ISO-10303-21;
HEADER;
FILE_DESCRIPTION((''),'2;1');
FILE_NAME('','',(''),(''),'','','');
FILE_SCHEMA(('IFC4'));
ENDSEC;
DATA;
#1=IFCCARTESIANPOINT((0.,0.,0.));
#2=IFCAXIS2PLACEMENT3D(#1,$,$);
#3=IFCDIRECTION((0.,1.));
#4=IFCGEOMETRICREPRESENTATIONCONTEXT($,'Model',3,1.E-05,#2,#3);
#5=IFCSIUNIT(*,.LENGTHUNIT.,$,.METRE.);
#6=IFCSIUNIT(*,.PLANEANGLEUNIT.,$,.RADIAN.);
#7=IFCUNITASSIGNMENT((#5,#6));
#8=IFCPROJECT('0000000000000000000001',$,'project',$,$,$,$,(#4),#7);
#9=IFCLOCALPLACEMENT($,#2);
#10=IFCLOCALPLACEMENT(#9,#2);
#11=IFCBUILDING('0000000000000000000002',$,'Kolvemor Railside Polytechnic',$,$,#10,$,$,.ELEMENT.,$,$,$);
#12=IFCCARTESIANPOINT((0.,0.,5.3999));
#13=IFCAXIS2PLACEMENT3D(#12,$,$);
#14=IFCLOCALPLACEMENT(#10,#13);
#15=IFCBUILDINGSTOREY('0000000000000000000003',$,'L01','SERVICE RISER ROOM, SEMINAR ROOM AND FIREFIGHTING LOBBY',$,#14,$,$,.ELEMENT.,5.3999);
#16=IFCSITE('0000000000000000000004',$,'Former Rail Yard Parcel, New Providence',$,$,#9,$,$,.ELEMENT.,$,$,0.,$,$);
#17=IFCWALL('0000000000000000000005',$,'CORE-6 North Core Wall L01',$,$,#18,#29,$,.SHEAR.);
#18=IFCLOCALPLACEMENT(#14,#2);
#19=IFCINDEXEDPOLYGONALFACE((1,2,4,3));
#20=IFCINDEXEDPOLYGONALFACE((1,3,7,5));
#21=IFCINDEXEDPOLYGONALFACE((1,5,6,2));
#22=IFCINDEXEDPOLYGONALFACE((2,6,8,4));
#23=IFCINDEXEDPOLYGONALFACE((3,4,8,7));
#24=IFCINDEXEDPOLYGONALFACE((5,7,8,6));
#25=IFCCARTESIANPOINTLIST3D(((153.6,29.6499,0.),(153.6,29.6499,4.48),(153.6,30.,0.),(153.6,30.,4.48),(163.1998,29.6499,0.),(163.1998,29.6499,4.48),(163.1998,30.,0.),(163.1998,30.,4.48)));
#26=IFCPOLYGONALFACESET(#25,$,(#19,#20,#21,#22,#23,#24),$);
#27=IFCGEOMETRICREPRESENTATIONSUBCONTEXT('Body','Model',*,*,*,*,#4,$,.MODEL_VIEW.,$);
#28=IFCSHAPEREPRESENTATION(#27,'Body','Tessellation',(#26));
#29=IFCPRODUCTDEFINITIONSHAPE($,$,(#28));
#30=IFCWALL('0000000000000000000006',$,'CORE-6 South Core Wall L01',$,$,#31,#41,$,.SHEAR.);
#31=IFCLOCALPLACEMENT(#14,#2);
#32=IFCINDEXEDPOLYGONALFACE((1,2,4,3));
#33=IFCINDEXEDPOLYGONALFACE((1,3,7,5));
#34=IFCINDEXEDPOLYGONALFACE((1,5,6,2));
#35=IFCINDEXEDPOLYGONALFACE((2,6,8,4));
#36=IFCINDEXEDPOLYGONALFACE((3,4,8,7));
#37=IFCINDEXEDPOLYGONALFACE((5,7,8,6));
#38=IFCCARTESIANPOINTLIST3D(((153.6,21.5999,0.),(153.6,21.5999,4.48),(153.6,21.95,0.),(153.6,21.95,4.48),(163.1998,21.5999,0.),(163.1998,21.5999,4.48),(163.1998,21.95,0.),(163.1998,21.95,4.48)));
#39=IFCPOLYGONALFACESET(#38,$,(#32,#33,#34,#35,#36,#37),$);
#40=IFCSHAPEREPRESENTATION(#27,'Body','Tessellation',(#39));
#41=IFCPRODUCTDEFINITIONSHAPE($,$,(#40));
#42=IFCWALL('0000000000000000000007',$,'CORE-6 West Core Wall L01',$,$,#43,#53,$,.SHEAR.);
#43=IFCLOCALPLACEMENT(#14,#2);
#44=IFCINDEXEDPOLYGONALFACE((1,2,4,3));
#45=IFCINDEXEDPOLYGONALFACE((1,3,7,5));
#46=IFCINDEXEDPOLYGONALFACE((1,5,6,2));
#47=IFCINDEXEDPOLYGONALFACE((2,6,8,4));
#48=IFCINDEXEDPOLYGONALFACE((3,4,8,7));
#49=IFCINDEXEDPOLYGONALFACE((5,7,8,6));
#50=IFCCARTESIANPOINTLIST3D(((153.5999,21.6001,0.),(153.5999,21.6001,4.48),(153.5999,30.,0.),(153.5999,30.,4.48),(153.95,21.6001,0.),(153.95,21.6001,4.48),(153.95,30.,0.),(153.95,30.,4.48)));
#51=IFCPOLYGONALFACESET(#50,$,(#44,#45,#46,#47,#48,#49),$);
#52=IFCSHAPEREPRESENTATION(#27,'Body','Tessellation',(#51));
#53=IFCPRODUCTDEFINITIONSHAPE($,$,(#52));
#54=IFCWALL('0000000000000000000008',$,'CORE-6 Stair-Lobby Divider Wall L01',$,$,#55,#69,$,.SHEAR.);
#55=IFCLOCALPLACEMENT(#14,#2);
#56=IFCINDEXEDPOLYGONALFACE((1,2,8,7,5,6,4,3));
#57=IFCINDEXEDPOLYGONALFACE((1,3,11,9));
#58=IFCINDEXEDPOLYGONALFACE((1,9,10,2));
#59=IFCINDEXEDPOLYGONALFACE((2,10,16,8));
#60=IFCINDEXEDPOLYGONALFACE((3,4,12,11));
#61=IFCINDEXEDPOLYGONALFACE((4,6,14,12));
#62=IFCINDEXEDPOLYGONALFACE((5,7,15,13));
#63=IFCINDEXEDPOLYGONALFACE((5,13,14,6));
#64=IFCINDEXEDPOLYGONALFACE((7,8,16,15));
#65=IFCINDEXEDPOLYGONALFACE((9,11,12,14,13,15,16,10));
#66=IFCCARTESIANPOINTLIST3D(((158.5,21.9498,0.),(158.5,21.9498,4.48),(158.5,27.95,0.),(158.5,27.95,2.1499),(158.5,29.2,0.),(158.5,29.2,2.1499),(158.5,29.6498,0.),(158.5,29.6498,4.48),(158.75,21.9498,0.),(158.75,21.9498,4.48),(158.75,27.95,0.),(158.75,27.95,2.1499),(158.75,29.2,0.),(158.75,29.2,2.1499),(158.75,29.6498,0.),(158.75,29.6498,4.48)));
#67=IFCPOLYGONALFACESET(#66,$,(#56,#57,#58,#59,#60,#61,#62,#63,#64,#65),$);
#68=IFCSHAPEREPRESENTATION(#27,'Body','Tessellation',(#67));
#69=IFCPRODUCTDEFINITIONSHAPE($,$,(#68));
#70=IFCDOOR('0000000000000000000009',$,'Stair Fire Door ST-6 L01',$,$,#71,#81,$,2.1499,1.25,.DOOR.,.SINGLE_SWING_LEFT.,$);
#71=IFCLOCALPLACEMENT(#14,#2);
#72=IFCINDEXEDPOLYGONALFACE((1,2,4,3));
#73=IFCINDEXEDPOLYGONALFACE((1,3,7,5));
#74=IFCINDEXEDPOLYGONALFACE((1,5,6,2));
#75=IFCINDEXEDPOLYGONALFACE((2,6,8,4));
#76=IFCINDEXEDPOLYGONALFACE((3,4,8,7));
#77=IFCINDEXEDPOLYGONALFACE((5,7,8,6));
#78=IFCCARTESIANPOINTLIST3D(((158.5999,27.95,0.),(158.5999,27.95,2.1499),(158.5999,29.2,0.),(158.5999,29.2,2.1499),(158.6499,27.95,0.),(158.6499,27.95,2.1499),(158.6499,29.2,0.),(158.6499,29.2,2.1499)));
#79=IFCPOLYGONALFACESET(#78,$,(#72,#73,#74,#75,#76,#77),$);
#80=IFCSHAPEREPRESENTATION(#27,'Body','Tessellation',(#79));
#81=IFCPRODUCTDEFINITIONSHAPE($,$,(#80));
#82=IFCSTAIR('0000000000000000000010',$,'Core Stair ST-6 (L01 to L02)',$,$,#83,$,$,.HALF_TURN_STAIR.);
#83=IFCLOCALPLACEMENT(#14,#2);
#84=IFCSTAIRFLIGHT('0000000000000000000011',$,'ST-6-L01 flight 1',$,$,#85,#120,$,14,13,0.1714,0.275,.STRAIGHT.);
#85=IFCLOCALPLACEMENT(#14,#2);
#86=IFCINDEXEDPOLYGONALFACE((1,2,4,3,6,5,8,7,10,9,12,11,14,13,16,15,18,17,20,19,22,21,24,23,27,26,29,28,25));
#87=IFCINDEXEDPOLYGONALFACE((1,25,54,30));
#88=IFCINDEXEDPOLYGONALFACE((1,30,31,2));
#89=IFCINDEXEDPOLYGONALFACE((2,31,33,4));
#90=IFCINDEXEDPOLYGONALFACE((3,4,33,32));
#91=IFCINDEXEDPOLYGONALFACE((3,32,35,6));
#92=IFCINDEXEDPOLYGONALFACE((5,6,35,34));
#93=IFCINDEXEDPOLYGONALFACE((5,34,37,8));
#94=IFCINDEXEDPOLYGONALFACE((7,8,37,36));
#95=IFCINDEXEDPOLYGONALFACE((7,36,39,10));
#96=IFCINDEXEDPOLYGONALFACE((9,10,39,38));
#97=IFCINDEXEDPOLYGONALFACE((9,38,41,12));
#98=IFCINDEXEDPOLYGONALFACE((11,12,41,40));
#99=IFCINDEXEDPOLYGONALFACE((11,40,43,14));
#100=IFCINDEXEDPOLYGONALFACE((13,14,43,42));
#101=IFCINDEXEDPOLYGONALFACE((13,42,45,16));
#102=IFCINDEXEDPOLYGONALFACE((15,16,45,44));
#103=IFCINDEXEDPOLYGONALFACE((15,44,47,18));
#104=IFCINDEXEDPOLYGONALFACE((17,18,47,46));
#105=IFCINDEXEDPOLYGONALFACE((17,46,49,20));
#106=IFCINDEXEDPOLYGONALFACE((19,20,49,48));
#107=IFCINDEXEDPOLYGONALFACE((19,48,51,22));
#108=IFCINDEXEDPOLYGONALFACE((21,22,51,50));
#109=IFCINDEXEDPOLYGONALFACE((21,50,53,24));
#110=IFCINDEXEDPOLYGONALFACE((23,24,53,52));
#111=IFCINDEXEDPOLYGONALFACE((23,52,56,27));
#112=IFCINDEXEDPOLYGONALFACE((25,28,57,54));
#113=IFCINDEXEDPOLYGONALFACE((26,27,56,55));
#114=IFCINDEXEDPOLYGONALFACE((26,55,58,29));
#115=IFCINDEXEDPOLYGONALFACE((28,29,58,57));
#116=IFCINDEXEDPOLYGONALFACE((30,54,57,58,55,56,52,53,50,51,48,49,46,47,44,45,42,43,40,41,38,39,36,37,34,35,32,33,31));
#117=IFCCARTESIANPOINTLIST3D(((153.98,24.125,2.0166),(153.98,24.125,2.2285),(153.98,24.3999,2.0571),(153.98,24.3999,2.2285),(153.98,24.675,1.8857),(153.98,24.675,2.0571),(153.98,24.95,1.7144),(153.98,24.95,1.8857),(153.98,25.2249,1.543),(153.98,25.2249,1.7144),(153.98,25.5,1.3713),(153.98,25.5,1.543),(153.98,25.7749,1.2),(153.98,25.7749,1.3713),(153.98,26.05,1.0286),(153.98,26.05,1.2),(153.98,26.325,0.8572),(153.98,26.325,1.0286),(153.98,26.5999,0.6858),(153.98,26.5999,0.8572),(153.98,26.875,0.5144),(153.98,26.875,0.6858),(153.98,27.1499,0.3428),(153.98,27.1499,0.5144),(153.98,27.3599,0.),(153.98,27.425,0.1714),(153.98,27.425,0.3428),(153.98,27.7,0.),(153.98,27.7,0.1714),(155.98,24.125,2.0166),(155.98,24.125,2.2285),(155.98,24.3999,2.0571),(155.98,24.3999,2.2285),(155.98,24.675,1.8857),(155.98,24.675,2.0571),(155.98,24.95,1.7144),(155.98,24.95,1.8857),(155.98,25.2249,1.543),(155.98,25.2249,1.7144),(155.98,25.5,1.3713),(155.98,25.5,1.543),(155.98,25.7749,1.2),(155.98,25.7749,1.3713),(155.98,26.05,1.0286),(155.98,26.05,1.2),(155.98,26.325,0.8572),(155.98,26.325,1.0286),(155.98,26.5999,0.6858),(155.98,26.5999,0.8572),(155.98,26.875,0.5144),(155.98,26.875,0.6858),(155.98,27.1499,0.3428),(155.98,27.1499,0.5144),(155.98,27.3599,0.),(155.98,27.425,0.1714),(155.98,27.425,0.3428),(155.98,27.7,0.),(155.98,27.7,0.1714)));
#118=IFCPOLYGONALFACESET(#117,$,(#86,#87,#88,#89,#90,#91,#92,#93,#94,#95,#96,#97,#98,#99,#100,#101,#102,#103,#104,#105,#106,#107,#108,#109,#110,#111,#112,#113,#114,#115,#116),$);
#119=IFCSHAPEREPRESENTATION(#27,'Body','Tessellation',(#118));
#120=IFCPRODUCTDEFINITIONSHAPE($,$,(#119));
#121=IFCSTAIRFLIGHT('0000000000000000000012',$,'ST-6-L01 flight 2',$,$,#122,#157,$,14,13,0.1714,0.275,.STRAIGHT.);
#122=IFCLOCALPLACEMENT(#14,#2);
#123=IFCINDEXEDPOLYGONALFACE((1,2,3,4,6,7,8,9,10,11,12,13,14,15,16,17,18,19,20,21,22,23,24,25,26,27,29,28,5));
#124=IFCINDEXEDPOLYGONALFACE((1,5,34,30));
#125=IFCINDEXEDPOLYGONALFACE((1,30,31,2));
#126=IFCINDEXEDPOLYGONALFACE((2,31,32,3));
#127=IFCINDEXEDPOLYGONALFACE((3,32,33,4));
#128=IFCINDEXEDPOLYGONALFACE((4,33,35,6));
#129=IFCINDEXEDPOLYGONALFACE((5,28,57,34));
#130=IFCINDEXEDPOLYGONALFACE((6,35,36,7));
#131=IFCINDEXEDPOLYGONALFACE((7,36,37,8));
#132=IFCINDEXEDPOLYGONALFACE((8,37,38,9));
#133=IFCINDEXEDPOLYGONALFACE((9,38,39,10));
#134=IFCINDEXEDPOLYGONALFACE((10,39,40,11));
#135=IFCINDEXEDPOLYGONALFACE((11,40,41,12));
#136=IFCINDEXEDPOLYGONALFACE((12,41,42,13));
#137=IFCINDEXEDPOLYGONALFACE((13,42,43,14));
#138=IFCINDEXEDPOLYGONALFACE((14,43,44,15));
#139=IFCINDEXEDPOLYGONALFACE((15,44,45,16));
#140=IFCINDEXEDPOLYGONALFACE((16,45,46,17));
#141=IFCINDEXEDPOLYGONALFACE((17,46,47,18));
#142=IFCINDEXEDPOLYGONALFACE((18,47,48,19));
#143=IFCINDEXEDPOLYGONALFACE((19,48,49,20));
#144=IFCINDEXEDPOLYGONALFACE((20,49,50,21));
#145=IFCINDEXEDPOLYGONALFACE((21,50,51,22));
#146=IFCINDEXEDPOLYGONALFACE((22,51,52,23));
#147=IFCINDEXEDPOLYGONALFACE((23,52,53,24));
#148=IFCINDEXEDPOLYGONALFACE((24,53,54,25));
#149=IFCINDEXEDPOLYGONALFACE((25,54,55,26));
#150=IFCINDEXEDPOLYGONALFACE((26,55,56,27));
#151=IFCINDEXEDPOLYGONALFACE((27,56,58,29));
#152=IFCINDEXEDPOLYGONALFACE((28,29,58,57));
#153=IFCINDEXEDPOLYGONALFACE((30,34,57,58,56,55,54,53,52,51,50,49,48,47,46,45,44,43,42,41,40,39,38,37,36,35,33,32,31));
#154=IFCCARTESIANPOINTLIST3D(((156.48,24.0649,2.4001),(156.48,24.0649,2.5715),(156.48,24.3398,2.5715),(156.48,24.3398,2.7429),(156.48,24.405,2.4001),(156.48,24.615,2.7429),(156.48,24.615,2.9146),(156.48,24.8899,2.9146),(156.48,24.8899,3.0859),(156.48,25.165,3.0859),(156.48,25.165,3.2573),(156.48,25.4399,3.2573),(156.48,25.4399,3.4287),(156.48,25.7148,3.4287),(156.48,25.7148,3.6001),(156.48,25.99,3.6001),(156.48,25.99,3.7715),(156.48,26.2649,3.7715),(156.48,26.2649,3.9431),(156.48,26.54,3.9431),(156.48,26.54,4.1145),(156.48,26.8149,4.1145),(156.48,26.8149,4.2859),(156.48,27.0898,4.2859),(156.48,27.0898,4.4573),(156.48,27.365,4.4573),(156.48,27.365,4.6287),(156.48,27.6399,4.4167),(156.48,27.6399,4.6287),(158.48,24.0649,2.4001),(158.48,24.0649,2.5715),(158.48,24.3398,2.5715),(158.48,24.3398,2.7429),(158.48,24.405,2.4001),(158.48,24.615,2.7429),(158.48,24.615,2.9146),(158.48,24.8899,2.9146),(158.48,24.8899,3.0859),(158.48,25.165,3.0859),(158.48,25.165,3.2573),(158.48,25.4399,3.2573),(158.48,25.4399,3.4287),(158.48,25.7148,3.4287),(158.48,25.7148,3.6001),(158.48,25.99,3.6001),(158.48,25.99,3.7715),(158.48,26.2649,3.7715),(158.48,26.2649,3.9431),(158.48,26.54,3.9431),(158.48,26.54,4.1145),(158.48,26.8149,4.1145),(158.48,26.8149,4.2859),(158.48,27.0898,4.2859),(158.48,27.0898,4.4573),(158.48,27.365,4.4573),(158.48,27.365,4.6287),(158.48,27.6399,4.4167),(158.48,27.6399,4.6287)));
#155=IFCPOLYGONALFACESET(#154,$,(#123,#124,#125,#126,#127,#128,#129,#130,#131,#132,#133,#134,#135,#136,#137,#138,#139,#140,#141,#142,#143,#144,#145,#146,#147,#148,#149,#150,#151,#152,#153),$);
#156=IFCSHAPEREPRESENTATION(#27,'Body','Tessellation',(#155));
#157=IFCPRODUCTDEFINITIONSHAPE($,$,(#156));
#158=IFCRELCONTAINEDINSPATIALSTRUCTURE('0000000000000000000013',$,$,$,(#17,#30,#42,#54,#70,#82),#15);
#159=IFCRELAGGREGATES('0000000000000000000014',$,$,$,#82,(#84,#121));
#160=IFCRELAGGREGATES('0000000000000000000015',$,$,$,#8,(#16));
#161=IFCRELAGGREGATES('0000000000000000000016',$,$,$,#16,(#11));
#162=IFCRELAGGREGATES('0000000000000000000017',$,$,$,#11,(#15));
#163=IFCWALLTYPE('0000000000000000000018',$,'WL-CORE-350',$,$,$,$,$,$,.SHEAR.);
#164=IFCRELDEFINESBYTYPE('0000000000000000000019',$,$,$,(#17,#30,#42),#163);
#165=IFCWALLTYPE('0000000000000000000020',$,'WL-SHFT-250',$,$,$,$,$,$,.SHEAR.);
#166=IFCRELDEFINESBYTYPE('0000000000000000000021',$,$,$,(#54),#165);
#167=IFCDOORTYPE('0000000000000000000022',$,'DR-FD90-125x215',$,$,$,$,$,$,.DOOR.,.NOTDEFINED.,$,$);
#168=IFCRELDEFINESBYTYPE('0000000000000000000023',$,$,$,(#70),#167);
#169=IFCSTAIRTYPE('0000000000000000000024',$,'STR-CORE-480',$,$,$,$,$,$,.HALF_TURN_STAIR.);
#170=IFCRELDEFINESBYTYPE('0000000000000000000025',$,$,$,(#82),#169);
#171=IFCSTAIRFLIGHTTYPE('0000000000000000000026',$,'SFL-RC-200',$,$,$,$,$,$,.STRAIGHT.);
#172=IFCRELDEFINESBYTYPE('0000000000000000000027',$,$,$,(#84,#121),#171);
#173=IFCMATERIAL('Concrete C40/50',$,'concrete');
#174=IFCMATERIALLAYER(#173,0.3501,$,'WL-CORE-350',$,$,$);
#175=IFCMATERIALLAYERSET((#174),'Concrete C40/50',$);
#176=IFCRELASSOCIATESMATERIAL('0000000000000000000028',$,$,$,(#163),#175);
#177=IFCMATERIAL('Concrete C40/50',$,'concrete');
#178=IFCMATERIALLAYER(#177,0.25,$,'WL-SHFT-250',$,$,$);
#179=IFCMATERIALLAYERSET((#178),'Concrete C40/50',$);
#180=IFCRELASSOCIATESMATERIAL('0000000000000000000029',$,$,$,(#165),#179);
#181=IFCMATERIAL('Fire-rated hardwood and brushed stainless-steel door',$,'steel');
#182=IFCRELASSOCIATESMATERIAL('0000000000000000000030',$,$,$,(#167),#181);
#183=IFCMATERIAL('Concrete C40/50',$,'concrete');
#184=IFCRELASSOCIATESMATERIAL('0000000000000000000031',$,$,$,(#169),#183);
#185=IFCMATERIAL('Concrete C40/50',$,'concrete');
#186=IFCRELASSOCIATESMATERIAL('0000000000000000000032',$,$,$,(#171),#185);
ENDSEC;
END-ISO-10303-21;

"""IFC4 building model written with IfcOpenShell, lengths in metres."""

from ifc_helpers import new_model, si_unit, direction, frame, frame_2d, origin, place, context, subcontext, project, spatial, polyline, rectangle, outline, extrude, material, layer, layer_set, type_object, element, fill, aggregate, save


model = new_model("IFC4")

# Units and contexts
model_context = context("Model", 3, precision=1e-05, world=origin(), true_north=direction((0.0, 1.0)))
body_context = subcontext(model_context, "Body", "Model", "MODEL_VIEW")
ifc_project = project(units=[si_unit("LENGTHUNIT", "METRE"), si_unit("PLANEANGLEUNIT", "RADIAN")], contexts=[model_context])

# Site, building, storey
site_placement = place(None, origin())
site = spatial("IfcSite", under=ifc_project, at=site_placement, Name="Former Rail Yard Parcel, New Providence", CompositionType="ELEMENT", RefElevation=0.0)
building_placement = place(site_placement, origin())
building = spatial("IfcBuilding", under=site, at=building_placement, Name="Kolvemor Railside Polytechnic", CompositionType="ELEMENT")
storey_placement = place(building_placement, frame((0.0, 0.0, 5.3999)))
storey = spatial("IfcBuildingStorey", under=building, at=storey_placement, Name="L01", Description="SERVICE RISER ROOM, SEMINAR ROOM AND FIREFIGHTING LOBBY", CompositionType="ELEMENT", Elevation=5.3999)

# Walls
ifc_material_1 = material(Name="Concrete C40/50", Category="concrete")
ifc_layer_1 = layer(ifc_material_1, 0.3501, Name="WL-CORE-350")
ifc_layer_set_1 = layer_set([ifc_layer_1], Name="Concrete C40/50")
wall_type_1 = type_object("IfcWallType", Name="WL-CORE-350", PredefinedType="SHEAR", material=ifc_layer_set_1)
for number, where, z_axis, x_axis, name in (
    (1, (153.6001, 29.825, 0.0), (0.0, 0.0, 1.0), (1.0, 0.0, 0.0), "CORE-6 North Core Wall L01"),
    (2, (153.6001, 21.7749, 0.0), (0.0, 0.0, 1.0), (1.0, 0.0, 0.0), "CORE-6 South Core Wall L01"),
):
    element("IfcWall", number, at=place(storey_placement, frame(where, z_axis=z_axis, x_axis=x_axis)), inside=storey, type_object=wall_type_1, Name=name, PredefinedType="SHEAR", context=body_context, shape_type="SweptSolid", body=[
        extrude(rectangle(XDim=9.5999, YDim=0.3501, at=frame_2d((4.7998, 0.0))), origin(), (0.0, 0.0, 1.0), 4.48),
    ])
wall_1_placement = place(storey_placement, frame((153.7749, 21.6001, 0.0), z_axis=(0.0, 0.0, 1.0), x_axis=(0.0, 1.0, 0.0)))
element("IfcWall", 3, at=wall_1_placement, inside=storey, type_object=wall_type_1, Name="CORE-6 West Core Wall L01", PredefinedType="SHEAR", context=body_context, shape_type="SweptSolid", body=[
    extrude(rectangle(XDim=8.3999, YDim=0.3501, at=frame_2d((4.2, 0.0))), origin(), (0.0, 0.0, 1.0), 4.48),
])

# Wall, opening, door
ifc_material_2 = material(Name="Concrete C40/50", Category="concrete")
ifc_layer_2 = layer(ifc_material_2, 0.25, Name="WL-SHFT-250")
ifc_layer_set_2 = layer_set([ifc_layer_2], Name="Concrete C40/50")
wall_type_2 = type_object("IfcWallType", Name="WL-SHFT-250", PredefinedType="SHEAR", material=ifc_layer_set_2)
wall_2_placement = place(storey_placement, frame((158.625, 29.6499, 0.0), z_axis=(0.0, 0.0, 1.0), x_axis=(0.0, -1.0, 0.0)))
wall_2 = element("IfcWall", 4, at=wall_2_placement, inside=storey, type_object=wall_type_2, Name="CORE-6 Stair-Lobby Divider Wall L01", PredefinedType="SHEAR", context=body_context, shape_type="SweptSolid", body=[
    extrude(rectangle(XDim=7.7, YDim=0.25, at=frame_2d((3.8501, 0.0))), origin(), (0.0, 0.0, 1.0), 4.48),
])
opening_1_placement = place(wall_2_placement, frame((0.45, 0.0, 0.0)))
opening_1 = element("IfcOpeningElement", 5, at=opening_1_placement, cuts=wall_2, PredefinedType="OPENING", context=body_context, shape_type="SweptSolid", body=[
    extrude(rectangle(XDim=1.25, YDim=2.1499, at=frame_2d((0.625, 1.075))), frame((0.0, 0.135, 0.0), z_axis=(0.0, -1.0, 0.0), x_axis=(1.0, 0.0, 0.0)), (0.0, 0.0, 1.0), 0.27),
])
ifc_material_3 = material(Name="Fire-rated hardwood and brushed stainless-steel door", Category="steel")
door_type_1 = type_object("IfcDoorType", Name="DR-FD90-125x215", OperationType="NOTDEFINED", PredefinedType="DOOR", material=ifc_material_3)
door_1_placement = place(opening_1_placement, origin())
door_1 = element("IfcDoor", 6, at=door_1_placement, inside=storey, type_object=door_type_1, Name="Stair Fire Door ST-6 L01", OperationType="SINGLE_SWING_LEFT", OverallHeight=2.1499, OverallWidth=1.25, PredefinedType="DOOR", context=body_context, shape_type="SweptSolid", body=[
    extrude(rectangle(XDim=1.25, YDim=2.1499, at=frame_2d((0.625, 1.075))), frame((0.0, 0.0249, 0.0), z_axis=(0.0, -1.0, 0.0), x_axis=(1.0, 0.0, 0.0)), (0.0, 0.0, 1.0), 0.05),
])
fill(opening_1, door_1)

# Stair, stair flights
ifc_material_4 = material(Name="Concrete C40/50", Category="concrete")
stair_type = type_object("IfcStairType", Name="STR-CORE-480", PredefinedType="HALF_TURN_STAIR", material=ifc_material_4)
stair_placement = place(storey_placement, origin())
stair = element("IfcStair", 7, at=stair_placement, inside=storey, type_object=stair_type, Name="Core Stair ST-6 (L01 to L02)", PredefinedType="HALF_TURN_STAIR")
ifc_material_5 = material(Name="Concrete C40/50", Category="concrete")
stair_flight_type = type_object("IfcStairFlightType", Name="SFL-RC-200", PredefinedType="STRAIGHT", material=ifc_material_5)
stair_flight_1_placement = place(storey_placement, frame((154.98, 27.7, 0.0), z_axis=(0.0, 0.0, 1.0), x_axis=(0.0, -1.0, 0.0)))
stair_flight_1 = element("IfcStairFlight", 8, at=stair_flight_1_placement, type_object=stair_flight_type, Name="ST-6-L01 flight 1", NumberOfRisers=14, NumberOfTreads=13, PredefinedType="STRAIGHT", RiserHeight=0.1714, TreadLength=0.275, context=body_context, shape_type="SweptSolid", body=[
    extrude(outline(polyline([(0.0, 0.0), (0.0, 0.1714), (0.2749, 0.1714), (0.2749, 0.3428), (0.55, 0.3428), (0.55, 0.5144), (0.825, 0.5144), (0.825, 0.6858), (1.1001, 0.6858), (1.1001, 0.8572), (1.375, 0.8572), (1.375, 1.0286), (1.6499, 1.0286), (1.6499, 1.2), (1.925, 1.2), (1.925, 1.3713), (2.2, 1.3713), (2.2, 1.543), (2.4751, 1.543), (2.4751, 1.7144), (2.75, 1.7144), (2.75, 1.8857), (3.0249, 1.8857), (3.0249, 2.0571), (3.3, 2.0571), (3.3, 2.2285), (3.575, 2.2285), (3.575, 2.3999), (3.575, 2.0166), (0.3401, 0.0), (0.0, 0.0)])), frame((0.0, 1.0, 0.0), z_axis=(0.0, -1.0, 0.0), x_axis=(1.0, 0.0, 0.0)), (0.0, 0.0, 1.0), 2.0),
])
stair_flight_2_placement = place(storey_placement, frame((157.48, 24.0649, 2.4001), z_axis=(0.0, 0.0, 1.0), x_axis=(0.0, 1.0, 0.0)))
stair_flight_2 = element("IfcStairFlight", 9, at=stair_flight_2_placement, type_object=stair_flight_type, Name="ST-6-L01 flight 2", NumberOfRisers=14, NumberOfTreads=13, PredefinedType="STRAIGHT", RiserHeight=0.1714, TreadLength=0.275, context=body_context, shape_type="SweptSolid", body=[
    extrude(outline(polyline([(0.0, 0.0), (0.0, 0.1714), (0.2749, 0.1714), (0.2749, 0.3428), (0.55, 0.3428), (0.55, 0.5144), (0.825, 0.5144), (0.825, 0.6858), (1.1001, 0.6858), (1.1001, 0.8572), (1.375, 0.8572), (1.375, 1.0286), (1.6499, 1.0286), (1.6499, 1.2), (1.925, 1.2), (1.925, 1.3713), (2.2, 1.3713), (2.2, 1.543), (2.4751, 1.543), (2.4751, 1.7144), (2.75, 1.7144), (2.75, 1.8857), (3.0249, 1.8857), (3.0249, 2.0571), (3.3, 2.0571), (3.3, 2.2285), (3.575, 2.2285), (3.575, 2.3999), (3.575, 2.0166), (0.3401, 0.0), (0.0, 0.0)])), frame((0.0, 1.0, 0.0), z_axis=(0.0, -1.0, 0.0), x_axis=(1.0, 0.0, 0.0)), (0.0, 0.0, 1.0), 2.0),
])
aggregate(stair, [stair_flight_1, stair_flight_2])

save(model, "model.ifc")
